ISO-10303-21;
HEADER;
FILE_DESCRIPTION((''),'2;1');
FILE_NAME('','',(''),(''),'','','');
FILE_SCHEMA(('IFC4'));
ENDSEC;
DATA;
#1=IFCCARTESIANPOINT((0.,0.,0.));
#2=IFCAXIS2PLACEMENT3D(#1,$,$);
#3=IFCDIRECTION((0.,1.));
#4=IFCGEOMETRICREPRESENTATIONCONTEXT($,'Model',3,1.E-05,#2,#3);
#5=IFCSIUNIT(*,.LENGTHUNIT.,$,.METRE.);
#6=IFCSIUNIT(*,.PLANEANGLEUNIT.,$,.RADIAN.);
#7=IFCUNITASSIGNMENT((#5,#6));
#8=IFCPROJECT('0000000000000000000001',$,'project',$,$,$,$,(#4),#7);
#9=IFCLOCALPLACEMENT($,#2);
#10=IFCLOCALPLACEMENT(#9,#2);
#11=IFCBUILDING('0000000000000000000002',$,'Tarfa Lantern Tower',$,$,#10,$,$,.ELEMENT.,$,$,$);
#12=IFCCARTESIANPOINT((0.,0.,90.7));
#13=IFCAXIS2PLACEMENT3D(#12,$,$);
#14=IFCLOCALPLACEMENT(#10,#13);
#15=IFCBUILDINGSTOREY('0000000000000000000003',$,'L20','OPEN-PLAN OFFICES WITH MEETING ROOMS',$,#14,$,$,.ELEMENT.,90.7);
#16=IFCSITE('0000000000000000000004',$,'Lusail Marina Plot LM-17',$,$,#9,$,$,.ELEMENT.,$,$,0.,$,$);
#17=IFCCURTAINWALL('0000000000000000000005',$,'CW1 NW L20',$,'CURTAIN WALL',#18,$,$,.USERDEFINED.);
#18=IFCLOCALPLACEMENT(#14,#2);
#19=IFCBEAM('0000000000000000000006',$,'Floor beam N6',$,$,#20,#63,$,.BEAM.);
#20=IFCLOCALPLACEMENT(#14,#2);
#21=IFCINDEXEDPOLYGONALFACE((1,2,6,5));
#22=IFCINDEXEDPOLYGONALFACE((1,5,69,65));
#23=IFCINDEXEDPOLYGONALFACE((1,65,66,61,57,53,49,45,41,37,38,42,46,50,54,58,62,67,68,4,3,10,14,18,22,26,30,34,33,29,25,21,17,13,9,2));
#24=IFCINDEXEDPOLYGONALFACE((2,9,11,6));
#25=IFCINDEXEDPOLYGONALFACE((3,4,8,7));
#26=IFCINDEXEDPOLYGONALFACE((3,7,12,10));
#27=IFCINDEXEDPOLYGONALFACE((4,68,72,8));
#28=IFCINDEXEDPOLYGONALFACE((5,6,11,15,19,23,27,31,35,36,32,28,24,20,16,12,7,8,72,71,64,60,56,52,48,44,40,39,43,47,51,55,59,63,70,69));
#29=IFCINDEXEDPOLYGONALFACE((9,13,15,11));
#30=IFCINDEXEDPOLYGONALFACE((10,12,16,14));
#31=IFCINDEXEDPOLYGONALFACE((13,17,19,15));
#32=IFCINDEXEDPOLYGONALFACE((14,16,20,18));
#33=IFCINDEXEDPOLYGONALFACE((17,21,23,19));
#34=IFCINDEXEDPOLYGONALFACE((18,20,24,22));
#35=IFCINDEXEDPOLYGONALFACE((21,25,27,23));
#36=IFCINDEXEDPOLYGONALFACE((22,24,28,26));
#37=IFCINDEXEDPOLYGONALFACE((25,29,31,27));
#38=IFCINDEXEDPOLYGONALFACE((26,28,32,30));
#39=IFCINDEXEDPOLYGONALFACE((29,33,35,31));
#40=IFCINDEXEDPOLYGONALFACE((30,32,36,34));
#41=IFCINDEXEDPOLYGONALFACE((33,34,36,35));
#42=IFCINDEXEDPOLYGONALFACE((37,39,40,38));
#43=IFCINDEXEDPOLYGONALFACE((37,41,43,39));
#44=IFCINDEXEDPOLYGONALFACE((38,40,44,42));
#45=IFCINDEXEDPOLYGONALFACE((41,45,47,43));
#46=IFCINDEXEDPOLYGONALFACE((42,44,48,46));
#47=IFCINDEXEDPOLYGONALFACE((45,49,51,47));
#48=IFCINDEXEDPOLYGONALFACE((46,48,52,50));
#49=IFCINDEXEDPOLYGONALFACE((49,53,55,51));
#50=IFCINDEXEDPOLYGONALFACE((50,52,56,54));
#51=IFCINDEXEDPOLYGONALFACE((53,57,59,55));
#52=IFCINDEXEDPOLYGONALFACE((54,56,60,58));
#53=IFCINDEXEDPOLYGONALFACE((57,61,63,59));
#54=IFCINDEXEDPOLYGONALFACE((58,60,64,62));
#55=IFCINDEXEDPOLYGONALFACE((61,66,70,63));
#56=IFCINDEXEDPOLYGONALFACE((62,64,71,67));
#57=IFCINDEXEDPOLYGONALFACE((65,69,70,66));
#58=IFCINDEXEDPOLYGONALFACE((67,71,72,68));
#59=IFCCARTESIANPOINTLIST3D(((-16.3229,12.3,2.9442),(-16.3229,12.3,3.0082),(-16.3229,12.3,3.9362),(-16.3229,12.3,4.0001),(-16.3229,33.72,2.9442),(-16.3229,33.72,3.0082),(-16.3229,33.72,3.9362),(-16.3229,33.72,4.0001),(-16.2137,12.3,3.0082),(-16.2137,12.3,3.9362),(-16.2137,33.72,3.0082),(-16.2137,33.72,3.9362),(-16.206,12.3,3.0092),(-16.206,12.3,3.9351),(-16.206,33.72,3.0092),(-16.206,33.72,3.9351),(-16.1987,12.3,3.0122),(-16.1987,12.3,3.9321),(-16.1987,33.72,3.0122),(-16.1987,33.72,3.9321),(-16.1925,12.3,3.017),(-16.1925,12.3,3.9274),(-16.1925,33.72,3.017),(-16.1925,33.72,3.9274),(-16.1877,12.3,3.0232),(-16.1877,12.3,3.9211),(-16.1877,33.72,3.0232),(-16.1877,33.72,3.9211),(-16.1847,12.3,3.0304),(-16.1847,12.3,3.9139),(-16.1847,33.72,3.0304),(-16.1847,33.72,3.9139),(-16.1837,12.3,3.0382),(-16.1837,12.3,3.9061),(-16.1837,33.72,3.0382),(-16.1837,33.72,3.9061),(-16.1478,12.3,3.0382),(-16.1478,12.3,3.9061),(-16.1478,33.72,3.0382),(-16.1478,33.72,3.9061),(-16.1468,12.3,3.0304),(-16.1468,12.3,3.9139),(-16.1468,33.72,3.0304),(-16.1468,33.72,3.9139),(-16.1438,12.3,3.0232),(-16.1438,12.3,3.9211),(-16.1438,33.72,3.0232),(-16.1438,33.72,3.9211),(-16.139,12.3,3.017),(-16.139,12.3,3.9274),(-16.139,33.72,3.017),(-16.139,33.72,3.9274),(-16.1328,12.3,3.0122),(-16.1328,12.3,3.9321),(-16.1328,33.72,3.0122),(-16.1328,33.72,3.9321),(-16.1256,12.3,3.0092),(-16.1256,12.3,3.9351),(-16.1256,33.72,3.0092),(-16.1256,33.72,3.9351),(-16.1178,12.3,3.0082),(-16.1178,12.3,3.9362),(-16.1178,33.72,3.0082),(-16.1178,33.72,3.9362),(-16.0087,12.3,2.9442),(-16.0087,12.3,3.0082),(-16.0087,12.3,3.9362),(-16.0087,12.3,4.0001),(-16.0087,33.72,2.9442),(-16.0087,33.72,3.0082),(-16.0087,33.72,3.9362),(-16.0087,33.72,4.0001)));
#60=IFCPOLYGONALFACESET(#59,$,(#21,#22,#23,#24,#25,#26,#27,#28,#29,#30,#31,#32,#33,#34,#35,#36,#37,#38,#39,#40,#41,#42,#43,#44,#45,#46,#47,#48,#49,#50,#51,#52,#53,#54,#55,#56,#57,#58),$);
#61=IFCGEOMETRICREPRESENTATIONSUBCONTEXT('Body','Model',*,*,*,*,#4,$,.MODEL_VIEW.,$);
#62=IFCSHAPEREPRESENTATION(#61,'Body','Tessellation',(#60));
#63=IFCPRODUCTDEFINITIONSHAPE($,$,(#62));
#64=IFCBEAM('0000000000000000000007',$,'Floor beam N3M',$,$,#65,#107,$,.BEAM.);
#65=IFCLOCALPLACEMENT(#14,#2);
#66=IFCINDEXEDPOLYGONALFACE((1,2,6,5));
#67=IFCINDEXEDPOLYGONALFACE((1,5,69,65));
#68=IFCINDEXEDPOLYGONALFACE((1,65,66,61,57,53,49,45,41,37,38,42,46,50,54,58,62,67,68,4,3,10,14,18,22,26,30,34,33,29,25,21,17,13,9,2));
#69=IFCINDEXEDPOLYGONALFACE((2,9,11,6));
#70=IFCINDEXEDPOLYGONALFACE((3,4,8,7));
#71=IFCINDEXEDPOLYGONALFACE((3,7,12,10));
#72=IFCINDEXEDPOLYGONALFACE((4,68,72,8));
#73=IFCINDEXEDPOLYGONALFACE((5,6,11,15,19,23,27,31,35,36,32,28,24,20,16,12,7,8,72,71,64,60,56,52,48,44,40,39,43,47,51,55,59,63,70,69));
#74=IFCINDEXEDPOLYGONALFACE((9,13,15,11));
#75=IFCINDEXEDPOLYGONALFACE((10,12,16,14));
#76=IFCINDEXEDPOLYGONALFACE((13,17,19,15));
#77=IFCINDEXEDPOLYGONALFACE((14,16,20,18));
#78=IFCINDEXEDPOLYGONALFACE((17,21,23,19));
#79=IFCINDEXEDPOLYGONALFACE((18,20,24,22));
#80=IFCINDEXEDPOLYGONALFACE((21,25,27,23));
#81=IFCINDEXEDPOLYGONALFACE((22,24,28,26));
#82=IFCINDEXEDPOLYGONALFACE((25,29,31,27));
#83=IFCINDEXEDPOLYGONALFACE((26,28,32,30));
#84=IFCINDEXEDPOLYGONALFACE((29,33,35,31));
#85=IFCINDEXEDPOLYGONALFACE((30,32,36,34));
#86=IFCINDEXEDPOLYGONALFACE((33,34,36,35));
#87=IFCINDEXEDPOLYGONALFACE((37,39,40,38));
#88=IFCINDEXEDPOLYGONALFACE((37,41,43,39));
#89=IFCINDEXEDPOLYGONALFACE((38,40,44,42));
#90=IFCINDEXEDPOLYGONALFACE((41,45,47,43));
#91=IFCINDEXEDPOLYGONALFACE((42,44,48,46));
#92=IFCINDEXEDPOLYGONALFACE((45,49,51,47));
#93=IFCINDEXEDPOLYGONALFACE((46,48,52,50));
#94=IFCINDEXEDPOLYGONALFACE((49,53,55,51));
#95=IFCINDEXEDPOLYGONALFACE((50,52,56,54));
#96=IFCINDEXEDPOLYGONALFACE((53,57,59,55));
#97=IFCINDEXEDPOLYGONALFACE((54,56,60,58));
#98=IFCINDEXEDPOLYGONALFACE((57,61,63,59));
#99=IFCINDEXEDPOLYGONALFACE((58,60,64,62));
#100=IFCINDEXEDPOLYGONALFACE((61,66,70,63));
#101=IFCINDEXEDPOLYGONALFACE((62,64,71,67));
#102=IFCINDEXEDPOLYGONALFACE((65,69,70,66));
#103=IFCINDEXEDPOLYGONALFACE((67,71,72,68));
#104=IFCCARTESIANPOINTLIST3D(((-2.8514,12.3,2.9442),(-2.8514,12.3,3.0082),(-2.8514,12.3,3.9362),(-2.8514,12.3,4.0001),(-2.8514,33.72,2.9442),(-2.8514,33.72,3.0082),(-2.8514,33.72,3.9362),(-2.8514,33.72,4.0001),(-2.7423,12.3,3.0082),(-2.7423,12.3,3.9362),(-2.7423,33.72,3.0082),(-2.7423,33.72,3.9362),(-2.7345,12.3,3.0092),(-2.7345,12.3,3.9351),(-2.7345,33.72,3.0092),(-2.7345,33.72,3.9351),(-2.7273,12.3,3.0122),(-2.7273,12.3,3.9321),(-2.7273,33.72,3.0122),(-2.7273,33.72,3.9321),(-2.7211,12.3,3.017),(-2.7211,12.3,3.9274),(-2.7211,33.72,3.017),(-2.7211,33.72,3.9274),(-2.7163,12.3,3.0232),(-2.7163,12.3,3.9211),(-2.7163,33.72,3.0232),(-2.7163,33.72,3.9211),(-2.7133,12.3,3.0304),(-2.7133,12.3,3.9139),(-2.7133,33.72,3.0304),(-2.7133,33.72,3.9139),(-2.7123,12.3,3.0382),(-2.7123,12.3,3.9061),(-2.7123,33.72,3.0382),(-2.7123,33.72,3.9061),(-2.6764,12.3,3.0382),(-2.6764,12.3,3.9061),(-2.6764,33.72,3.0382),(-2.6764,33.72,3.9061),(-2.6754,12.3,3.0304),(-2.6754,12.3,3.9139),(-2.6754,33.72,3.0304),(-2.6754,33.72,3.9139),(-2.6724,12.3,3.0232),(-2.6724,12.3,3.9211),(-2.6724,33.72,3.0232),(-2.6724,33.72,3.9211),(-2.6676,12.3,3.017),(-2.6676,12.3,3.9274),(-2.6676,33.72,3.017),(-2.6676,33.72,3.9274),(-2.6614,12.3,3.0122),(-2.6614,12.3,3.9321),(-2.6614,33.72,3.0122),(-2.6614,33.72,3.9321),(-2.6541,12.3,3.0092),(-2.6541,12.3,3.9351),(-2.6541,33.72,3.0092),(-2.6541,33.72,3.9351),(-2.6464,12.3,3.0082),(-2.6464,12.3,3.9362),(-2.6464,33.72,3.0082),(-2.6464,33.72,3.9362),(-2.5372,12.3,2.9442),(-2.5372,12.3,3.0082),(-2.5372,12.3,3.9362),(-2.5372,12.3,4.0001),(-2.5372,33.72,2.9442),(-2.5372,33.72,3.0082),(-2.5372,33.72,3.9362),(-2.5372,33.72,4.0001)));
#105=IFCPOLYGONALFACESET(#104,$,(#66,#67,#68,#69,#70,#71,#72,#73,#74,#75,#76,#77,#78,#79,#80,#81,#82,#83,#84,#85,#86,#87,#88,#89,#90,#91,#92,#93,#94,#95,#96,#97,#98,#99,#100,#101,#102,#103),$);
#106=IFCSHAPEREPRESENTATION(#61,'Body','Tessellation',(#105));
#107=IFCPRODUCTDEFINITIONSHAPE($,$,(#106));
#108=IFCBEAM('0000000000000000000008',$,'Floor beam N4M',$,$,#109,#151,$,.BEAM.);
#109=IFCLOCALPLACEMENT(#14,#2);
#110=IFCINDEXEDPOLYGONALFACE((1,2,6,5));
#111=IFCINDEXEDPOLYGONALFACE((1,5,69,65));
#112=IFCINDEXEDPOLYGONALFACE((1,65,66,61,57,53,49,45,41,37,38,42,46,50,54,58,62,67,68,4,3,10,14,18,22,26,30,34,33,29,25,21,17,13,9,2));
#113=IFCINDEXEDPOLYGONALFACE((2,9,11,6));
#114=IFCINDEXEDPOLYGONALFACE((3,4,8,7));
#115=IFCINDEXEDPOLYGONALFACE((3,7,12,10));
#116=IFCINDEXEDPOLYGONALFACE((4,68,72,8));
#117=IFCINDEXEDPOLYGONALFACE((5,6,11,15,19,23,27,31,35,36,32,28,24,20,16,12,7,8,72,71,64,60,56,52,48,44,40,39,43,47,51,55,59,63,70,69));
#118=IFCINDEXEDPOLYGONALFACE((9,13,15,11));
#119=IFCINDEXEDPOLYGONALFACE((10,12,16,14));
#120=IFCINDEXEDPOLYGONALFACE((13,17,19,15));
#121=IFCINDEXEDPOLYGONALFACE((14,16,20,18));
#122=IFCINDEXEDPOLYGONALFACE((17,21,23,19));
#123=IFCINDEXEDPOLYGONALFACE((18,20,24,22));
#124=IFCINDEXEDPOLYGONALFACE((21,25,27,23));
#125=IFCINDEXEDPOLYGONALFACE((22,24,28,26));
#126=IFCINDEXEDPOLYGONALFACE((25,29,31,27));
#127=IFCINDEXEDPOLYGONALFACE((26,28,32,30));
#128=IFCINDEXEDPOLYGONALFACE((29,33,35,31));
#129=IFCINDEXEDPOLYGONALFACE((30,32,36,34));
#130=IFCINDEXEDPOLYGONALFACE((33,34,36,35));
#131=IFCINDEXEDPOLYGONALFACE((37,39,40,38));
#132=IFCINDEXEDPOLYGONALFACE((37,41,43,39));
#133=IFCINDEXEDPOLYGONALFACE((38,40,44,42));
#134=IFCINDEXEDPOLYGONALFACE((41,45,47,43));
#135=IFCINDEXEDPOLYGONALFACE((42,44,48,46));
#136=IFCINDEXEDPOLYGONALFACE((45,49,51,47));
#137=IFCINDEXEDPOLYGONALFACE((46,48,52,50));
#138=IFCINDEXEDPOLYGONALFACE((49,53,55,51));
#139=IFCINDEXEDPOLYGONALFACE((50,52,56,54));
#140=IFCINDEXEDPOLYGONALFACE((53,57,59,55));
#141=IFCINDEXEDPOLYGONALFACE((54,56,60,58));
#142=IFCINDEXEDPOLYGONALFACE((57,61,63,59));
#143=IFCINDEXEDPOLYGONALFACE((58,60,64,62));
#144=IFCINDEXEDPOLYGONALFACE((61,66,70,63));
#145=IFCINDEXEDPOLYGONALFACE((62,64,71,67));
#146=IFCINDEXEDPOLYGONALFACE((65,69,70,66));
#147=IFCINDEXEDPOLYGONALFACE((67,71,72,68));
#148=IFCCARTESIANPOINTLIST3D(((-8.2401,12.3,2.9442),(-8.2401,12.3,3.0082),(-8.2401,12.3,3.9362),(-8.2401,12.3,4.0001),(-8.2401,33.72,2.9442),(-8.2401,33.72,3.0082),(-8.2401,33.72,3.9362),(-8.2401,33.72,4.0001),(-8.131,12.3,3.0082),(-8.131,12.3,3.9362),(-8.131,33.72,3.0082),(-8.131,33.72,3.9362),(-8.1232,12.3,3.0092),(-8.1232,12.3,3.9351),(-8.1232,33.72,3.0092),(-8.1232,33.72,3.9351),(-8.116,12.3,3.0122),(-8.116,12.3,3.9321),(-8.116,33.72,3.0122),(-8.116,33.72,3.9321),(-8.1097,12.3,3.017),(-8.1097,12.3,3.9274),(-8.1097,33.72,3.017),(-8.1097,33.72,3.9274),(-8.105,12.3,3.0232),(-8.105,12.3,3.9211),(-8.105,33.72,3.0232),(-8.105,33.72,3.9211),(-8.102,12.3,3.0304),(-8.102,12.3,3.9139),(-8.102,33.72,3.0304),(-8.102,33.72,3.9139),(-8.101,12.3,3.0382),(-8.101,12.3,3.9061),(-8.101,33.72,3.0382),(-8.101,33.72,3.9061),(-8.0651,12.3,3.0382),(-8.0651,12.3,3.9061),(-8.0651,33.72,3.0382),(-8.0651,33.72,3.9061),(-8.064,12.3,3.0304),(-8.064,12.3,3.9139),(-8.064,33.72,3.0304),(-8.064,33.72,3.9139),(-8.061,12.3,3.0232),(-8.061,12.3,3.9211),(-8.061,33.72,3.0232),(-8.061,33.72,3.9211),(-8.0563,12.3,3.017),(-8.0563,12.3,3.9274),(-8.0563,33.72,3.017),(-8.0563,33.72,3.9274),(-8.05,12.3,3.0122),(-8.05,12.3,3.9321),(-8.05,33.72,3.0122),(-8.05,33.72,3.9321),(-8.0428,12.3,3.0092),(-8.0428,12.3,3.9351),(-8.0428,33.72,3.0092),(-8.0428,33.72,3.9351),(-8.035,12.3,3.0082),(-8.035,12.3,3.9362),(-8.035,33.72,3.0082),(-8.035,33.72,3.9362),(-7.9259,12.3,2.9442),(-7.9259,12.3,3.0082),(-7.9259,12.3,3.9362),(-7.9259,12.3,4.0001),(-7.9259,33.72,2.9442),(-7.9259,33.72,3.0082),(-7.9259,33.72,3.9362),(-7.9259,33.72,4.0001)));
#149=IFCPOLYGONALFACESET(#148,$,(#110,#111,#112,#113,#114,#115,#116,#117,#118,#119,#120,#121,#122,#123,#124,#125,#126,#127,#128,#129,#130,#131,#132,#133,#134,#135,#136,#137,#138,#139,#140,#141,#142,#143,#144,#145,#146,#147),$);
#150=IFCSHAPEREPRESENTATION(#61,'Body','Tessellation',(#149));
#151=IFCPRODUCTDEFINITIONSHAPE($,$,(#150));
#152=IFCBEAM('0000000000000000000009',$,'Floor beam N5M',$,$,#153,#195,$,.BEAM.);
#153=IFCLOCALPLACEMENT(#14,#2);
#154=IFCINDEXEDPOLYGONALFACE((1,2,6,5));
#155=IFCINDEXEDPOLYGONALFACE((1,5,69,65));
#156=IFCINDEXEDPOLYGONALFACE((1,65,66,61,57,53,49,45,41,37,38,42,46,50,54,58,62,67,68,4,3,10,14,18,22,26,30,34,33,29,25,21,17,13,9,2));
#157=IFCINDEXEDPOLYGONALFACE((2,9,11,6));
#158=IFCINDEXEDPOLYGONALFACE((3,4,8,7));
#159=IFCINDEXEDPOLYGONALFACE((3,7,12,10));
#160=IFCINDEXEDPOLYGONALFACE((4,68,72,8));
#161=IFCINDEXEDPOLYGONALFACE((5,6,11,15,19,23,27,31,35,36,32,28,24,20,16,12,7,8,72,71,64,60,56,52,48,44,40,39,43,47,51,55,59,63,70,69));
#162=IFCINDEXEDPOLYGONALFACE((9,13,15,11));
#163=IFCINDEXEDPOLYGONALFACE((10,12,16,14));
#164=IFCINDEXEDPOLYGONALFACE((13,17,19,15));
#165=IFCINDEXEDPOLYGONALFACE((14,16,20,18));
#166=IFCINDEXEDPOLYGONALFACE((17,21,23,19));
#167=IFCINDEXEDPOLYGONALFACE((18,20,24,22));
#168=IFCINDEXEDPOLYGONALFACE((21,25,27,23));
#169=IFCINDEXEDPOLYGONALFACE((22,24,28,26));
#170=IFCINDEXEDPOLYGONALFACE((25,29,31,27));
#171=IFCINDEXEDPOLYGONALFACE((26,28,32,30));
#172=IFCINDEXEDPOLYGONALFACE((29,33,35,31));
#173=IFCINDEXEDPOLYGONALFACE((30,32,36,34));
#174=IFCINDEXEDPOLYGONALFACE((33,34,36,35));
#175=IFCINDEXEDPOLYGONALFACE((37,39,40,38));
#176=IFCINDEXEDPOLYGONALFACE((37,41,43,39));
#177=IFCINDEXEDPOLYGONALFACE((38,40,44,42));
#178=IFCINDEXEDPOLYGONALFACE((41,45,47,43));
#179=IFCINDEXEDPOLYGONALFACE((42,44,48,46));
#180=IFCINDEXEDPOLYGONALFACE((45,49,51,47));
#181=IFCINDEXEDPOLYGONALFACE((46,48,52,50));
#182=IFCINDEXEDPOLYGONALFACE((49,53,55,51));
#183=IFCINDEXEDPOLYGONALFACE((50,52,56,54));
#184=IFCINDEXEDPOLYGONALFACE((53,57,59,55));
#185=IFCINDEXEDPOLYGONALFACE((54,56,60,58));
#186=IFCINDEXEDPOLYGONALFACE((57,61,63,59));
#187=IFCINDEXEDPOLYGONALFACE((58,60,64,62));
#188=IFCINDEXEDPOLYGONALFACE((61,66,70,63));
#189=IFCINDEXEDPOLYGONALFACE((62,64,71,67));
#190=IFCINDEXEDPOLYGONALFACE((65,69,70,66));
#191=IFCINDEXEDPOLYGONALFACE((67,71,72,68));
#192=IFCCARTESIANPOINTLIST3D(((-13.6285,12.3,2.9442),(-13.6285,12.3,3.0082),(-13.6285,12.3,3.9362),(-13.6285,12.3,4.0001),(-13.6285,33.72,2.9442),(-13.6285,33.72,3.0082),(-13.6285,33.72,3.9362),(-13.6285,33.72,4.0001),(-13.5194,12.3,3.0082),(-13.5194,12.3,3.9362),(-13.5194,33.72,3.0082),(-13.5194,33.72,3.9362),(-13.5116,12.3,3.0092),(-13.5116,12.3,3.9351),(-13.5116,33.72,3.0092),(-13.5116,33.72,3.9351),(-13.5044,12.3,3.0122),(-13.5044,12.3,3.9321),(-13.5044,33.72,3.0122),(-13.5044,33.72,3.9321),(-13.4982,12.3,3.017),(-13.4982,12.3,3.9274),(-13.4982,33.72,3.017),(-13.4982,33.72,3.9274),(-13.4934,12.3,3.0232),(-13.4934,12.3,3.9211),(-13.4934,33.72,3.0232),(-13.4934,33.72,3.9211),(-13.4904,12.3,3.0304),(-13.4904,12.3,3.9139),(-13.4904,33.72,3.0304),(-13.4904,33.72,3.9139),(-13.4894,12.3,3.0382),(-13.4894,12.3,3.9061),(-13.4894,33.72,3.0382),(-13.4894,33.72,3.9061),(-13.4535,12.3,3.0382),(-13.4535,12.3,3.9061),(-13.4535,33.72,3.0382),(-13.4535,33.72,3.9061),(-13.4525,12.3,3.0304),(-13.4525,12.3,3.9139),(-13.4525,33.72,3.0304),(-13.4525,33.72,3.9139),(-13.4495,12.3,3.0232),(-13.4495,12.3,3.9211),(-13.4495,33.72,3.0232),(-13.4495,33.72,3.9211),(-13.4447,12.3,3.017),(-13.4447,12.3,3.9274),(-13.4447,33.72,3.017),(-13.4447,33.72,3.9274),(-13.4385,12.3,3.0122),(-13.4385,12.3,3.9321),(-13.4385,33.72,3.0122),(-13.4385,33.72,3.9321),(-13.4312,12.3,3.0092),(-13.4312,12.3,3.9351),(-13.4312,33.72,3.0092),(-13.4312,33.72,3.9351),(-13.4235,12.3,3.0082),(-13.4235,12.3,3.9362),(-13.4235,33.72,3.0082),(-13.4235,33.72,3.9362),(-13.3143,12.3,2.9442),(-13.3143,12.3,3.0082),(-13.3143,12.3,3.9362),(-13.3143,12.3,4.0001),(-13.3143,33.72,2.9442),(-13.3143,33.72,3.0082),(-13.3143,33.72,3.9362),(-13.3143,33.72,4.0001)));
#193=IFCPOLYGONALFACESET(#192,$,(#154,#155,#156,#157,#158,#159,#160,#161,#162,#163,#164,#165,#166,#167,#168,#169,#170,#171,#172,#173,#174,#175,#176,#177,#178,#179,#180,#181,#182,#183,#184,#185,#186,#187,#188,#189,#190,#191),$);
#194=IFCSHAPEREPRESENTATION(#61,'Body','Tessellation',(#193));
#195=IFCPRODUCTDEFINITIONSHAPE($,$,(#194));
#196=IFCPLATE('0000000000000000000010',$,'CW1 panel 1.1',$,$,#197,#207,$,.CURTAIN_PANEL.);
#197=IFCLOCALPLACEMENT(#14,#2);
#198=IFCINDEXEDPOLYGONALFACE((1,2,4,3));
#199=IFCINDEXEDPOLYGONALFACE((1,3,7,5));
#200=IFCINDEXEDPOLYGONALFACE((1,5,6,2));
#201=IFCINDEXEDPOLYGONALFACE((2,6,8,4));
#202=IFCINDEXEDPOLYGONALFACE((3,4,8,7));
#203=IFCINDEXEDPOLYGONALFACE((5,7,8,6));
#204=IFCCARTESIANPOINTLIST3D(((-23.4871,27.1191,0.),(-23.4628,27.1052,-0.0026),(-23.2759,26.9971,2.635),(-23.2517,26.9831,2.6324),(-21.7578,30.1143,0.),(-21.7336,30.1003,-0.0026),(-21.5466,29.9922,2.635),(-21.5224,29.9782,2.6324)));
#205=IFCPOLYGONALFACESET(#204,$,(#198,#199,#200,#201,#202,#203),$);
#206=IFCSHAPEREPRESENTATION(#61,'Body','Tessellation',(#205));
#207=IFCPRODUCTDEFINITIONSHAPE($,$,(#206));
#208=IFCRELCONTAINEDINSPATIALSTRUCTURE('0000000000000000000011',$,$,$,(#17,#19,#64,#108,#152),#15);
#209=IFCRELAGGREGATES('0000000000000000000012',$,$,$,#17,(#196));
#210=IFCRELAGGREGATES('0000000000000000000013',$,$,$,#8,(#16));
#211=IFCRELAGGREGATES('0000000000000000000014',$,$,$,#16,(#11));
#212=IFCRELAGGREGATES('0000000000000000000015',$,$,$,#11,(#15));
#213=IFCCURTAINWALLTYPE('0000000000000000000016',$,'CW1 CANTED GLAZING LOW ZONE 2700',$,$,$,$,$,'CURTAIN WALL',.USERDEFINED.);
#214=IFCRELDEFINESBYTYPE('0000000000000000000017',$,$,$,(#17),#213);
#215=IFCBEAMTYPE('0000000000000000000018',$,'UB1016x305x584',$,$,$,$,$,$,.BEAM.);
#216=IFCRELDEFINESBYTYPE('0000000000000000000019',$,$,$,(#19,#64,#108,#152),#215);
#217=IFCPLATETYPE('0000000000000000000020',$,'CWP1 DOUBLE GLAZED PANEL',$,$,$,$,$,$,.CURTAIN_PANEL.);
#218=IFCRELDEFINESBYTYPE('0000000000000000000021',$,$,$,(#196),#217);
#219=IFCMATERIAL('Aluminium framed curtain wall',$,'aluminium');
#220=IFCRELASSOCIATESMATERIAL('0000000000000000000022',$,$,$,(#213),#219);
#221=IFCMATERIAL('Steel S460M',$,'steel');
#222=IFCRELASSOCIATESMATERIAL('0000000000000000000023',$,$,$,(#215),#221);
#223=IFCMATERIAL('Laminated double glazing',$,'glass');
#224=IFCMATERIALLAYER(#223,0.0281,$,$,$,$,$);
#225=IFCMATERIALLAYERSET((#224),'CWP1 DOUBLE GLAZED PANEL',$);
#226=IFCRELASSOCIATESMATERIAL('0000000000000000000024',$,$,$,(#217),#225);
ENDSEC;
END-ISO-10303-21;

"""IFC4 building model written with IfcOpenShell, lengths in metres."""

from ifc_helpers import new_model, si_unit, direction, frame, origin, origin_2d, place, context, subcontext, project, spatial, polyline, i_section, outline, extrude, material, layer, layer_set, material_profile, profile_set, type_object, element, aggregate, save


model = new_model("IFC4")

# Units and contexts
model_context = context("Model", 3, precision=1e-05, world=origin(), true_north=direction((0.0, 1.0)))
body_context = subcontext(model_context, "Body", "Model", "MODEL_VIEW")
ifc_project = project(units=[si_unit("LENGTHUNIT", "METRE"), si_unit("PLANEANGLEUNIT", "RADIAN")], contexts=[model_context])

# Site, building, storey
site_placement = place(None, origin())
site = spatial("IfcSite", under=ifc_project, at=site_placement, Name="Lusail Marina Plot LM-17", CompositionType="ELEMENT", RefElevation=0.0)
building_placement = place(site_placement, origin())
building = spatial("IfcBuilding", under=site, at=building_placement, Name="Tarfa Lantern Tower", CompositionType="ELEMENT")
storey_placement = place(building_placement, frame((0.0, 0.0, 90.7)))
storey = spatial("IfcBuildingStorey", under=building, at=storey_placement, Name="L20", Description="OPEN-PLAN OFFICES WITH MEETING ROOMS", CompositionType="ELEMENT", Elevation=90.7)

# Curtain wall
ifc_material_1 = material(Name="Aluminium framed curtain wall", Category="aluminium")
curtain_wall_type = type_object("IfcCurtainWallType", Name="CW1 CANTED GLAZING LOW ZONE 2700", ElementType="CURTAIN WALL", PredefinedType="USERDEFINED", material=ifc_material_1)
curtain_wall_placement = place(storey_placement, origin())
curtain_wall = element("IfcCurtainWall", 1, at=curtain_wall_placement, inside=storey, type_object=curtain_wall_type, Name="CW1 NW L20", ObjectType="CURTAIN WALL", PredefinedType="USERDEFINED")

# Beams
ifc_material_2 = material(Name="Steel S460M", Category="steel")
ifc_material_profile_1 = material_profile(ifc_material_2, i_section(OverallWidth=0.3142, OverallDepth=1.0559, WebThickness=0.0359, FlangeThickness=0.064, FilletRadius=0.03, at=origin_2d()), Name="UB1016x305x584")
ifc_profile_set_1 = profile_set([ifc_material_profile_1], Name="Steel S460M")
beam_type_1 = type_object("IfcBeamType", Name="UB1016x305x584", PredefinedType="BEAM", material=ifc_profile_set_1)
for number, where, z_axis, x_axis, name in (
    (2, (-16.1658, 33.72, 3.4722), (0.0, -1.0, 0.0), (1.0, 0.0, 0.0), "Floor beam N6"),
    (3, (-2.6943, 33.72, 3.4722), (0.0, -1.0, 0.0), (1.0, 0.0, 0.0), "Floor beam N3M"),
    (4, (-8.083, 33.72, 3.4722), (0.0, -1.0, 0.0), (1.0, 0.0, 0.0), "Floor beam N4M"),
    (5, (-13.4714, 33.72, 3.4722), (0.0, -1.0, 0.0), (1.0, 0.0, 0.0), "Floor beam N5M"),
):
    element("IfcBeam", number, at=place(storey_placement, frame(where, z_axis=z_axis, x_axis=x_axis)), inside=storey, type_object=beam_type_1, Name=name, PredefinedType="BEAM", context=body_context, shape_type="SweptSolid", body=[
        extrude(i_section(OverallWidth=0.3142, OverallDepth=1.0559, WebThickness=0.0359, FlangeThickness=0.064, FilletRadius=0.03, at=origin_2d()), origin(), (0.0, 0.0, 1.0), 21.4199),
    ])

# Plate
ifc_material_3 = material(Name="Laminated double glazing", Category="glass")
ifc_layer_1 = layer(ifc_material_3, 0.0281)
ifc_layer_set_1 = layer_set([ifc_layer_1], Name="CWP1 DOUBLE GLAZED PANEL")
plate_type_1 = type_object("IfcPlateType", Name="CWP1 DOUBLE GLAZED PANEL", PredefinedType="CURTAIN_PANEL", material=ifc_layer_set_1)
plate_1_placement = place(storey_placement, frame((-21.7578, 30.1143, 0.0), z_axis=(-0.862336, 0.497875, 0.092176), x_axis=(-0.500004, -0.866023, 0.0)))
plate_1 = element("IfcPlate", 6, at=plate_1_placement, type_object=plate_type_1, Name="CW1 panel 1.1", PredefinedType="CURTAIN_PANEL", context=body_context, shape_type="SweptSolid", body=[
    extrude(outline(polyline([(0.0, 0.0), (3.4585, 0.0), (3.4586, 2.6463), (0.0001, 2.6463), (0.0, 0.0)])), origin(), (0.0, 0.0, -1.0), 0.0281),
])
aggregate(curtain_wall, [plate_1])

save(model, "model.ifc")
